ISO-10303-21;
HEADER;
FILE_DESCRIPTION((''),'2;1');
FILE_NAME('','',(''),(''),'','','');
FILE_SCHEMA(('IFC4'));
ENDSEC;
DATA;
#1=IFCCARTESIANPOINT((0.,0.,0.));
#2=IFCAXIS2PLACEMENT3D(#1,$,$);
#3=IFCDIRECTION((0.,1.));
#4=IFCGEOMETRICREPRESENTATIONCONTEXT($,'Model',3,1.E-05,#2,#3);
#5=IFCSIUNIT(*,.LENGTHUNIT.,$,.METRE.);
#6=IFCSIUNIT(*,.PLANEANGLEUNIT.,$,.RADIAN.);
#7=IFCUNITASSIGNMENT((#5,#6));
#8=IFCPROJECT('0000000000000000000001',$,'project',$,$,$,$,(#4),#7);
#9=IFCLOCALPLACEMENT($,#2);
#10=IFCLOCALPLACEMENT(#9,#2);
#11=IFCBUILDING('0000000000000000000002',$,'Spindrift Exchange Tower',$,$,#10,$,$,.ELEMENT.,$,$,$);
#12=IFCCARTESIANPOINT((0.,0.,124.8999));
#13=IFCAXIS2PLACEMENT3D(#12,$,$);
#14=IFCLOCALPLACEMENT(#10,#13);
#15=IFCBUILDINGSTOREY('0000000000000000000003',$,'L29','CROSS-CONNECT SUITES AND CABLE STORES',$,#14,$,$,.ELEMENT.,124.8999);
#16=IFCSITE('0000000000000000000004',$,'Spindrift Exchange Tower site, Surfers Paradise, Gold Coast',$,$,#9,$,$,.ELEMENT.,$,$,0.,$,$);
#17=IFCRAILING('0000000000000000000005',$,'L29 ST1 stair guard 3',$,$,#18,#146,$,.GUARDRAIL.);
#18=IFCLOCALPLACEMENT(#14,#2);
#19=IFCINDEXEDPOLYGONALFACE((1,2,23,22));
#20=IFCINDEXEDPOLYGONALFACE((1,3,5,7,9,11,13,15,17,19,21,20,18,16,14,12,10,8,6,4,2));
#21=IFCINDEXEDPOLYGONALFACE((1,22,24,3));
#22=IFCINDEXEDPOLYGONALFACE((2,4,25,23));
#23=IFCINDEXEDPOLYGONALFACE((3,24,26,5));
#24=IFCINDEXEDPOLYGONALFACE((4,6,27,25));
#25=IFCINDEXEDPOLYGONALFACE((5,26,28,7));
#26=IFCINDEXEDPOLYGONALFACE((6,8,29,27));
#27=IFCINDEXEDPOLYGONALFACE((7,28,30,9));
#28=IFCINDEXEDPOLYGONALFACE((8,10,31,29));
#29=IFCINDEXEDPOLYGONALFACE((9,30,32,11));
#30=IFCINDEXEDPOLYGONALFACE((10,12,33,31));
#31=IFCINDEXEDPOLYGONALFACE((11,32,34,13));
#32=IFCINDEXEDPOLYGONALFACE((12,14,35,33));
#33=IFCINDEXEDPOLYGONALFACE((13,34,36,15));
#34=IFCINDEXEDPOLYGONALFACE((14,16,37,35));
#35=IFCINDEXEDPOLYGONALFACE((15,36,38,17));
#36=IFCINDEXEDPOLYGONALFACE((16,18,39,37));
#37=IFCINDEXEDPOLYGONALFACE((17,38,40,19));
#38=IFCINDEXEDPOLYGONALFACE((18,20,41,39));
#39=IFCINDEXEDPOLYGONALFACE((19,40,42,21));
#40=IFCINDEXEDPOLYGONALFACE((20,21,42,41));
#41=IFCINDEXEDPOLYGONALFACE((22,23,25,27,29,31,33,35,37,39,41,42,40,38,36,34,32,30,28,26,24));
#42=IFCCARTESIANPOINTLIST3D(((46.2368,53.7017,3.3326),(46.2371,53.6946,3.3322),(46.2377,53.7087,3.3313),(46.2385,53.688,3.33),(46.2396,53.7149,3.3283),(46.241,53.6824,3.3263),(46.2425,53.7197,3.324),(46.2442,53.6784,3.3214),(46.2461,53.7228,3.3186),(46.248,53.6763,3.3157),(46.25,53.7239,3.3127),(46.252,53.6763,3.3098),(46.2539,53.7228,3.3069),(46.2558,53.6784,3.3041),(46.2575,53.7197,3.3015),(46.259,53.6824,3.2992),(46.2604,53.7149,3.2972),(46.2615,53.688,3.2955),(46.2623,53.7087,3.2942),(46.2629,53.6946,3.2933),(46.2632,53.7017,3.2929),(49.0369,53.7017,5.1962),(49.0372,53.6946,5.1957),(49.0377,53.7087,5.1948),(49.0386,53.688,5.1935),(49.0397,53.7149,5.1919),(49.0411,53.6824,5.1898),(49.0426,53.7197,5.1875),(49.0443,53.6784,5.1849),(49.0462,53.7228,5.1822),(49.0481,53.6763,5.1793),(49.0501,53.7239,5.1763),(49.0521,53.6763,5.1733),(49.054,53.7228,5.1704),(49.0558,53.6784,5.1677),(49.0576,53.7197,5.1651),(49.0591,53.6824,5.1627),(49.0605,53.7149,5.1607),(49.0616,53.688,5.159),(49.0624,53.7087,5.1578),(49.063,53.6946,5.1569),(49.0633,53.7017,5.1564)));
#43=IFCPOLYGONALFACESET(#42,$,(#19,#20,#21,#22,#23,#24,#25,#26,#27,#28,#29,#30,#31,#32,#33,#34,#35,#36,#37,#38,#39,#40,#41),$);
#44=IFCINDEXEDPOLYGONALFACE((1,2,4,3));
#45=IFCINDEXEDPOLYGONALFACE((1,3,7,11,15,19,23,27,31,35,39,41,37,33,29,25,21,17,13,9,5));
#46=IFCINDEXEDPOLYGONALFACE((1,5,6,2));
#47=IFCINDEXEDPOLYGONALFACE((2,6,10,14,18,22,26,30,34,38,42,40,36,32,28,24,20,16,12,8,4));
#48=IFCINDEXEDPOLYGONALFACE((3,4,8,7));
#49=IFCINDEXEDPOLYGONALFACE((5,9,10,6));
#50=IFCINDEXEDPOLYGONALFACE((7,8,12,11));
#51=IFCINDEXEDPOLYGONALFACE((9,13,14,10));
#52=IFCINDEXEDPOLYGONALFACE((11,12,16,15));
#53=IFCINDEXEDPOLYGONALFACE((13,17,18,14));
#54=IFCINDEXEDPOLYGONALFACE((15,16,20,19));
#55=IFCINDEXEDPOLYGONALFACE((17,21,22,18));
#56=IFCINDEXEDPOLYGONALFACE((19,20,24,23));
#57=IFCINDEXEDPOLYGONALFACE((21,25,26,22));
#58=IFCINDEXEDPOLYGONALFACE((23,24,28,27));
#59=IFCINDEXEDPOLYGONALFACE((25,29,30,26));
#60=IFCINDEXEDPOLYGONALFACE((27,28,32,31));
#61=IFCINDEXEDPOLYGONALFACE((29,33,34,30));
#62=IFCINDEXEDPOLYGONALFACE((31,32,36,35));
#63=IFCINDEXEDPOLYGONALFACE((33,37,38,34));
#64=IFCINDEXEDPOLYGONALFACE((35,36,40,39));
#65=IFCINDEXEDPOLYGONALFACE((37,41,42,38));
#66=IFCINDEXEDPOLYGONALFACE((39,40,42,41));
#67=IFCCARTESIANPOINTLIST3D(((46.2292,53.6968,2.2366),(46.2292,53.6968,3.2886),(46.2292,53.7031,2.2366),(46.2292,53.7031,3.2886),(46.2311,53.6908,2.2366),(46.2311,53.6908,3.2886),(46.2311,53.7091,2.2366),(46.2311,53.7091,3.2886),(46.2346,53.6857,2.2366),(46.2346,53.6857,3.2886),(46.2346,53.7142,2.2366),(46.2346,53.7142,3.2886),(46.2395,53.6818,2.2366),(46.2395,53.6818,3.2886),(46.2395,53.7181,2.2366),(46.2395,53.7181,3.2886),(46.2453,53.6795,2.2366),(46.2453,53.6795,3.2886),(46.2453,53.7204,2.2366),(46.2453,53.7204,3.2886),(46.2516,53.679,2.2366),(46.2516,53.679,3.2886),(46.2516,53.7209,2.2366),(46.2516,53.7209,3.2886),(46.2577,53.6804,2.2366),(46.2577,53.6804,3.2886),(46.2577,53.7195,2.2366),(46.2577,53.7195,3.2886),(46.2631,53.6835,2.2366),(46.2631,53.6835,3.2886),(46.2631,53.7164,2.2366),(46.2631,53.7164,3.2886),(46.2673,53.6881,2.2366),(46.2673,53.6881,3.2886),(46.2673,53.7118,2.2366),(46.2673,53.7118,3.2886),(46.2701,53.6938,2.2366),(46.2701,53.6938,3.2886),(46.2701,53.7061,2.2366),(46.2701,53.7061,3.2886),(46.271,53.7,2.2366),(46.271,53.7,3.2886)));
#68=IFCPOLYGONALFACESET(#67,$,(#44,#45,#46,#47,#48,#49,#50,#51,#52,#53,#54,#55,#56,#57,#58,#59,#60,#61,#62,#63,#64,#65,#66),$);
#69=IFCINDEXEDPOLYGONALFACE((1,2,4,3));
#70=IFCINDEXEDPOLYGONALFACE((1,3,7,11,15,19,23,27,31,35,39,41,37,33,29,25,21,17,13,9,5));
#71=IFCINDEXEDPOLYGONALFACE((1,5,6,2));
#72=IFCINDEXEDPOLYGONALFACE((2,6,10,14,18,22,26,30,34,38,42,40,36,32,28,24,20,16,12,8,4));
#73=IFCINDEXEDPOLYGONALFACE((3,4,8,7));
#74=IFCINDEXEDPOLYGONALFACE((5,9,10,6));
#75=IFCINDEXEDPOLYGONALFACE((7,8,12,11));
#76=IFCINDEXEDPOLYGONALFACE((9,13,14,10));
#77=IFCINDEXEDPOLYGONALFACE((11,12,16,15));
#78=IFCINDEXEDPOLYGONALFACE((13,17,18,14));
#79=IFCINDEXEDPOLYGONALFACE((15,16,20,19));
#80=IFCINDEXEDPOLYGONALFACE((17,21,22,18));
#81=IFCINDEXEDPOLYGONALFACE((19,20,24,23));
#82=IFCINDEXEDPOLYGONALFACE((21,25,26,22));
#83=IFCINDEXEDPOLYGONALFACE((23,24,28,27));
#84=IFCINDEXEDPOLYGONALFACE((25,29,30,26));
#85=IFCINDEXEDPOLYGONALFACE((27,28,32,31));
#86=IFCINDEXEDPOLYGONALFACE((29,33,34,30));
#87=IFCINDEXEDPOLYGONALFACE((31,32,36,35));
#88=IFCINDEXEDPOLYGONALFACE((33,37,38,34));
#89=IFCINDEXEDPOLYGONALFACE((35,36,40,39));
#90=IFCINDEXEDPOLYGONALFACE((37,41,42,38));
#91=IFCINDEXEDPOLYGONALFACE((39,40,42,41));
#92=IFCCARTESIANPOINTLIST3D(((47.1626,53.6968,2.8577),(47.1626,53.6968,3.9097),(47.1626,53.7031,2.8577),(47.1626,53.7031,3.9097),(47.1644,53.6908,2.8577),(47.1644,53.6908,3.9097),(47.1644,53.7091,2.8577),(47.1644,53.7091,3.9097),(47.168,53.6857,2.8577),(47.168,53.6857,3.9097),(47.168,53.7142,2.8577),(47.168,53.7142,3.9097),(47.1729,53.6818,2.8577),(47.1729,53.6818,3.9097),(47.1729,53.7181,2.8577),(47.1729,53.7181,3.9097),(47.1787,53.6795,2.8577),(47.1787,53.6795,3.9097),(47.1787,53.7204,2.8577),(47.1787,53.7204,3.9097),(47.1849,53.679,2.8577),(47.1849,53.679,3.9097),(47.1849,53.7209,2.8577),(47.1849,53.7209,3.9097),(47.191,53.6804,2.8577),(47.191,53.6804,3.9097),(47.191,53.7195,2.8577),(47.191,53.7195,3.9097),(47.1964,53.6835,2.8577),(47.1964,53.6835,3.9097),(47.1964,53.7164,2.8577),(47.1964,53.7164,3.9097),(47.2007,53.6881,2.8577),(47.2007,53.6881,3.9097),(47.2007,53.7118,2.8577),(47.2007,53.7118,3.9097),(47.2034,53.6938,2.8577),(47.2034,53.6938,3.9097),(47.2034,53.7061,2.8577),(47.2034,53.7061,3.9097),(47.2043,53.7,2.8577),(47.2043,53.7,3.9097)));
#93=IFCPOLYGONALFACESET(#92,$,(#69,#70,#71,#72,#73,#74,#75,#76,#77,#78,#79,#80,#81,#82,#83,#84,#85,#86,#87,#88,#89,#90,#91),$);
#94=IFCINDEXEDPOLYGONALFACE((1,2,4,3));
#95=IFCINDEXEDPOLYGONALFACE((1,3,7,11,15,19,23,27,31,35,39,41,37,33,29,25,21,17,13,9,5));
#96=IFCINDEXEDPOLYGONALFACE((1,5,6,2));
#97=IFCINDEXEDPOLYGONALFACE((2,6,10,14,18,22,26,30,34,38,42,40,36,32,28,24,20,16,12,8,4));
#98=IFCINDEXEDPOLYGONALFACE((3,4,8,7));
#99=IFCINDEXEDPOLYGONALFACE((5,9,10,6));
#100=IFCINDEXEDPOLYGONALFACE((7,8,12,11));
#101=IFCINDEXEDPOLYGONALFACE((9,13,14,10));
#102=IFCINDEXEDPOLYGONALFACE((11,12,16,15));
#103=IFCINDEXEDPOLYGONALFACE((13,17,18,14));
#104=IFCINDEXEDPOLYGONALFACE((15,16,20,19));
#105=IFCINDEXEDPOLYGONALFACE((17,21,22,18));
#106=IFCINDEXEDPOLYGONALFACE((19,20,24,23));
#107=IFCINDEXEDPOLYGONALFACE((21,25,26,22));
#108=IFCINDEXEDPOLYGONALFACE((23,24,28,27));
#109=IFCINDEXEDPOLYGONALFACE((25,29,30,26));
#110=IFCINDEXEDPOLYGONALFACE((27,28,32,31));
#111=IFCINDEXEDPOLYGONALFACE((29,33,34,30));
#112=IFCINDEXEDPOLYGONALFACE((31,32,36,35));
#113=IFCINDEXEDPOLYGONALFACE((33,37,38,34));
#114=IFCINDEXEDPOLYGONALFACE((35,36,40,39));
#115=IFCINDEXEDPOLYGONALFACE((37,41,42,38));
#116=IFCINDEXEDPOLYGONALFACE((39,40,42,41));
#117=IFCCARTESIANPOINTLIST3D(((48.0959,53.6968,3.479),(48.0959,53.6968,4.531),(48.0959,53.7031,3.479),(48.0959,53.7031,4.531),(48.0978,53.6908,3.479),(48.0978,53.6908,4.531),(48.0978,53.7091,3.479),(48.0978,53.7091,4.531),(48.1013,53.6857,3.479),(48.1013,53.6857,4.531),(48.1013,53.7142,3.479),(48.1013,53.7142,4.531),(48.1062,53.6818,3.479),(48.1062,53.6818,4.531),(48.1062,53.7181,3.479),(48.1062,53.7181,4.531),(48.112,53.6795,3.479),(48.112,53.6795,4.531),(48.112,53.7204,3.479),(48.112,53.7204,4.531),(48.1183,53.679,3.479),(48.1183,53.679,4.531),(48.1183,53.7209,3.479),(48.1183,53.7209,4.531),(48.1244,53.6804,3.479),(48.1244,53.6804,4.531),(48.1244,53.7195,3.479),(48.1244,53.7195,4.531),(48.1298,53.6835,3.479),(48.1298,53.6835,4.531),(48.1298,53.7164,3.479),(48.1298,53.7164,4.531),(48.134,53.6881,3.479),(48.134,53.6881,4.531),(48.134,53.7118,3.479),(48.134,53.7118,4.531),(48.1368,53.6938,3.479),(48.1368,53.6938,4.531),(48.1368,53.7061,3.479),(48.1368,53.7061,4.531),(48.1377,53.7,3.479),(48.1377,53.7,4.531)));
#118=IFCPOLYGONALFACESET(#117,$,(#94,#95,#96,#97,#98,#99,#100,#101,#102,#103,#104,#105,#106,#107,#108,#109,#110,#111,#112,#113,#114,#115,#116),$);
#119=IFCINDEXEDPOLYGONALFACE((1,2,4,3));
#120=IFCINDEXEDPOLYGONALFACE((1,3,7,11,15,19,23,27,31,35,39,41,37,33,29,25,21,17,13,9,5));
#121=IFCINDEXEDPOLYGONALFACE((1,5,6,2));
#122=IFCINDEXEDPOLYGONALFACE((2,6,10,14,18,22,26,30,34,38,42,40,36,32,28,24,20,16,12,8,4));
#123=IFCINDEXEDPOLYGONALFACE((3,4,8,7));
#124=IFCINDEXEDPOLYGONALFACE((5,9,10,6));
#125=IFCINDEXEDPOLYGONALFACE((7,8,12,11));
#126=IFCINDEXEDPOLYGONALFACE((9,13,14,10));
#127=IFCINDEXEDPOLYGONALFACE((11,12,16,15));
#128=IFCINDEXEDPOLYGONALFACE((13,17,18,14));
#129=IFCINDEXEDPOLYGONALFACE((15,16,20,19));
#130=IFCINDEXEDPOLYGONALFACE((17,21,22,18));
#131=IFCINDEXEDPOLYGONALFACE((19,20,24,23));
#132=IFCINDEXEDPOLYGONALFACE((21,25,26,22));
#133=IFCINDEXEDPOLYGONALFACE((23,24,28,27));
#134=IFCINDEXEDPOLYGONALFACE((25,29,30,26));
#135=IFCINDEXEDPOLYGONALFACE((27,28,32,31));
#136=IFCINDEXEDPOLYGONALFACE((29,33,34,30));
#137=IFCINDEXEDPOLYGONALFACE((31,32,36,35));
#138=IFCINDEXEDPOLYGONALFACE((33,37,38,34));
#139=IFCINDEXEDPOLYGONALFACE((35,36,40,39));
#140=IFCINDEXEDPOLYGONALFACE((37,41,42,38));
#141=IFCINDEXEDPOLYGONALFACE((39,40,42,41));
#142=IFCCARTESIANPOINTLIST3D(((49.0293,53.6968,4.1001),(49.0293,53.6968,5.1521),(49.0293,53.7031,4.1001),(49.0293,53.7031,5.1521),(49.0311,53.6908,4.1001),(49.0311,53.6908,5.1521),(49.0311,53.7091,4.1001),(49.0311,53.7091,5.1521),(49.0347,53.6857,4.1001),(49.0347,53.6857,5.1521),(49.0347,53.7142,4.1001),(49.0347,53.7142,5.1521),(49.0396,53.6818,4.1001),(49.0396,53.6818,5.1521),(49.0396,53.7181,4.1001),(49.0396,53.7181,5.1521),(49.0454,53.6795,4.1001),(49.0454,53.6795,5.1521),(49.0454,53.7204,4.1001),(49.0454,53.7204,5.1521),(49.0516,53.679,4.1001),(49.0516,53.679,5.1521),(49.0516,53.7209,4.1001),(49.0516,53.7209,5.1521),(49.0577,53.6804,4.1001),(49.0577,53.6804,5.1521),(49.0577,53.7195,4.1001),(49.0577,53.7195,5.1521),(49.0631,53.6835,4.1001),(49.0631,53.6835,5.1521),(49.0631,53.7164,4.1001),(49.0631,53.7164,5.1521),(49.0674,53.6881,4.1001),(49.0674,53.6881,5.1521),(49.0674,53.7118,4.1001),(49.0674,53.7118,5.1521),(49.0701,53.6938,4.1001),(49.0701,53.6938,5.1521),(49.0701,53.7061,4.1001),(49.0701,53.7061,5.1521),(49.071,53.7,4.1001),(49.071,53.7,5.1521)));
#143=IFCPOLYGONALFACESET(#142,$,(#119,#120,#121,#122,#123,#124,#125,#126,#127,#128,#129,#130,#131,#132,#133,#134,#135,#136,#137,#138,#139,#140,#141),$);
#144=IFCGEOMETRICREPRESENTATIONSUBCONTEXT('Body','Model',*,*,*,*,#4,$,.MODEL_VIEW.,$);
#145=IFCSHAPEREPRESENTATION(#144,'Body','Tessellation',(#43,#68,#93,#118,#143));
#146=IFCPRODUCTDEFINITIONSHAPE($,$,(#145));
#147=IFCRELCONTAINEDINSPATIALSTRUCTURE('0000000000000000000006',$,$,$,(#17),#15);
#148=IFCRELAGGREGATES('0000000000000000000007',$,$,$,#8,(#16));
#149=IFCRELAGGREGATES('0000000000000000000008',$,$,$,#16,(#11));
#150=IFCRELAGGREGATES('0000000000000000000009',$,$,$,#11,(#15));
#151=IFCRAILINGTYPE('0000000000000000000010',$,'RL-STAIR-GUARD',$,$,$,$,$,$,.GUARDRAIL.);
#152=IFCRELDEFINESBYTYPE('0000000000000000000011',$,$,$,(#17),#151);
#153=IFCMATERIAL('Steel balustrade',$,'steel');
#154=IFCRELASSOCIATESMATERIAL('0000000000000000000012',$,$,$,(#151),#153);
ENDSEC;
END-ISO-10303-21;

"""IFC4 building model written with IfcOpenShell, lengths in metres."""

from ifc_helpers import new_model, si_unit, direction, frame, origin, origin_2d, place, context, subcontext, project, spatial, circle, extrude, material, type_object, element, save


model = new_model("IFC4")

# Units and contexts
model_context = context("Model", 3, precision=1e-05, world=origin(), true_north=direction((0.0, 1.0)))
body_context = subcontext(model_context, "Body", "Model", "MODEL_VIEW")
ifc_project = project(units=[si_unit("LENGTHUNIT", "METRE"), si_unit("PLANEANGLEUNIT", "RADIAN")], contexts=[model_context])

# Site, building, storey
site_placement = place(None, origin())
site = spatial("IfcSite", under=ifc_project, at=site_placement, Name="Spindrift Exchange Tower site, Surfers Paradise, Gold Coast", CompositionType="ELEMENT", RefElevation=0.0)
building_placement = place(site_placement, origin())
building = spatial("IfcBuilding", under=site, at=building_placement, Name="Spindrift Exchange Tower", CompositionType="ELEMENT")
storey_placement = place(building_placement, frame((0.0, 0.0, 124.8999)))
storey = spatial("IfcBuildingStorey", under=building, at=storey_placement, Name="L29", Description="CROSS-CONNECT SUITES AND CABLE STORES", CompositionType="ELEMENT", Elevation=124.8999)

# Railing
ifc_material_1 = material(Name="Steel balustrade", Category="steel")
railing_type_1 = type_object("IfcRailingType", Name="RL-STAIR-GUARD", PredefinedType="GUARDRAIL", material=ifc_material_1)
railing_1_placement = place(storey_placement, frame((46.25, 53.7, 2.2366)))
element("IfcRailing", 1, at=railing_1_placement, inside=storey, type_object=railing_type_1, Name="L29 ST1 stair guard 3", PredefinedType="GUARDRAIL", context=body_context, shape_type="SweptSolid", body=[
    extrude(circle(Radius=0.0239, at=origin_2d()), frame((0.0, 0.0, 1.0762), z_axis=(0.832486, 0.0, 0.554047), x_axis=(0.0, 1.0, 0.0)), (0.0, 0.0, 1.0), 3.3635),
    extrude(circle(Radius=0.021, at=origin_2d()), origin(), (0.0, 0.0, 1.0), 1.052),
    extrude(circle(Radius=0.021, at=origin_2d()), frame((0.9333, 0.0, 0.6211)), (0.0, 0.0, 1.0), 1.052),
    extrude(circle(Radius=0.021, at=origin_2d()), frame((1.8667, 0.0, 1.2424)), (0.0, 0.0, 1.0), 1.052),
    extrude(circle(Radius=0.021, at=origin_2d()), frame((2.8, 0.0, 1.8635)), (0.0, 0.0, 1.0), 1.052),
])

save(model, "model.ifc")
